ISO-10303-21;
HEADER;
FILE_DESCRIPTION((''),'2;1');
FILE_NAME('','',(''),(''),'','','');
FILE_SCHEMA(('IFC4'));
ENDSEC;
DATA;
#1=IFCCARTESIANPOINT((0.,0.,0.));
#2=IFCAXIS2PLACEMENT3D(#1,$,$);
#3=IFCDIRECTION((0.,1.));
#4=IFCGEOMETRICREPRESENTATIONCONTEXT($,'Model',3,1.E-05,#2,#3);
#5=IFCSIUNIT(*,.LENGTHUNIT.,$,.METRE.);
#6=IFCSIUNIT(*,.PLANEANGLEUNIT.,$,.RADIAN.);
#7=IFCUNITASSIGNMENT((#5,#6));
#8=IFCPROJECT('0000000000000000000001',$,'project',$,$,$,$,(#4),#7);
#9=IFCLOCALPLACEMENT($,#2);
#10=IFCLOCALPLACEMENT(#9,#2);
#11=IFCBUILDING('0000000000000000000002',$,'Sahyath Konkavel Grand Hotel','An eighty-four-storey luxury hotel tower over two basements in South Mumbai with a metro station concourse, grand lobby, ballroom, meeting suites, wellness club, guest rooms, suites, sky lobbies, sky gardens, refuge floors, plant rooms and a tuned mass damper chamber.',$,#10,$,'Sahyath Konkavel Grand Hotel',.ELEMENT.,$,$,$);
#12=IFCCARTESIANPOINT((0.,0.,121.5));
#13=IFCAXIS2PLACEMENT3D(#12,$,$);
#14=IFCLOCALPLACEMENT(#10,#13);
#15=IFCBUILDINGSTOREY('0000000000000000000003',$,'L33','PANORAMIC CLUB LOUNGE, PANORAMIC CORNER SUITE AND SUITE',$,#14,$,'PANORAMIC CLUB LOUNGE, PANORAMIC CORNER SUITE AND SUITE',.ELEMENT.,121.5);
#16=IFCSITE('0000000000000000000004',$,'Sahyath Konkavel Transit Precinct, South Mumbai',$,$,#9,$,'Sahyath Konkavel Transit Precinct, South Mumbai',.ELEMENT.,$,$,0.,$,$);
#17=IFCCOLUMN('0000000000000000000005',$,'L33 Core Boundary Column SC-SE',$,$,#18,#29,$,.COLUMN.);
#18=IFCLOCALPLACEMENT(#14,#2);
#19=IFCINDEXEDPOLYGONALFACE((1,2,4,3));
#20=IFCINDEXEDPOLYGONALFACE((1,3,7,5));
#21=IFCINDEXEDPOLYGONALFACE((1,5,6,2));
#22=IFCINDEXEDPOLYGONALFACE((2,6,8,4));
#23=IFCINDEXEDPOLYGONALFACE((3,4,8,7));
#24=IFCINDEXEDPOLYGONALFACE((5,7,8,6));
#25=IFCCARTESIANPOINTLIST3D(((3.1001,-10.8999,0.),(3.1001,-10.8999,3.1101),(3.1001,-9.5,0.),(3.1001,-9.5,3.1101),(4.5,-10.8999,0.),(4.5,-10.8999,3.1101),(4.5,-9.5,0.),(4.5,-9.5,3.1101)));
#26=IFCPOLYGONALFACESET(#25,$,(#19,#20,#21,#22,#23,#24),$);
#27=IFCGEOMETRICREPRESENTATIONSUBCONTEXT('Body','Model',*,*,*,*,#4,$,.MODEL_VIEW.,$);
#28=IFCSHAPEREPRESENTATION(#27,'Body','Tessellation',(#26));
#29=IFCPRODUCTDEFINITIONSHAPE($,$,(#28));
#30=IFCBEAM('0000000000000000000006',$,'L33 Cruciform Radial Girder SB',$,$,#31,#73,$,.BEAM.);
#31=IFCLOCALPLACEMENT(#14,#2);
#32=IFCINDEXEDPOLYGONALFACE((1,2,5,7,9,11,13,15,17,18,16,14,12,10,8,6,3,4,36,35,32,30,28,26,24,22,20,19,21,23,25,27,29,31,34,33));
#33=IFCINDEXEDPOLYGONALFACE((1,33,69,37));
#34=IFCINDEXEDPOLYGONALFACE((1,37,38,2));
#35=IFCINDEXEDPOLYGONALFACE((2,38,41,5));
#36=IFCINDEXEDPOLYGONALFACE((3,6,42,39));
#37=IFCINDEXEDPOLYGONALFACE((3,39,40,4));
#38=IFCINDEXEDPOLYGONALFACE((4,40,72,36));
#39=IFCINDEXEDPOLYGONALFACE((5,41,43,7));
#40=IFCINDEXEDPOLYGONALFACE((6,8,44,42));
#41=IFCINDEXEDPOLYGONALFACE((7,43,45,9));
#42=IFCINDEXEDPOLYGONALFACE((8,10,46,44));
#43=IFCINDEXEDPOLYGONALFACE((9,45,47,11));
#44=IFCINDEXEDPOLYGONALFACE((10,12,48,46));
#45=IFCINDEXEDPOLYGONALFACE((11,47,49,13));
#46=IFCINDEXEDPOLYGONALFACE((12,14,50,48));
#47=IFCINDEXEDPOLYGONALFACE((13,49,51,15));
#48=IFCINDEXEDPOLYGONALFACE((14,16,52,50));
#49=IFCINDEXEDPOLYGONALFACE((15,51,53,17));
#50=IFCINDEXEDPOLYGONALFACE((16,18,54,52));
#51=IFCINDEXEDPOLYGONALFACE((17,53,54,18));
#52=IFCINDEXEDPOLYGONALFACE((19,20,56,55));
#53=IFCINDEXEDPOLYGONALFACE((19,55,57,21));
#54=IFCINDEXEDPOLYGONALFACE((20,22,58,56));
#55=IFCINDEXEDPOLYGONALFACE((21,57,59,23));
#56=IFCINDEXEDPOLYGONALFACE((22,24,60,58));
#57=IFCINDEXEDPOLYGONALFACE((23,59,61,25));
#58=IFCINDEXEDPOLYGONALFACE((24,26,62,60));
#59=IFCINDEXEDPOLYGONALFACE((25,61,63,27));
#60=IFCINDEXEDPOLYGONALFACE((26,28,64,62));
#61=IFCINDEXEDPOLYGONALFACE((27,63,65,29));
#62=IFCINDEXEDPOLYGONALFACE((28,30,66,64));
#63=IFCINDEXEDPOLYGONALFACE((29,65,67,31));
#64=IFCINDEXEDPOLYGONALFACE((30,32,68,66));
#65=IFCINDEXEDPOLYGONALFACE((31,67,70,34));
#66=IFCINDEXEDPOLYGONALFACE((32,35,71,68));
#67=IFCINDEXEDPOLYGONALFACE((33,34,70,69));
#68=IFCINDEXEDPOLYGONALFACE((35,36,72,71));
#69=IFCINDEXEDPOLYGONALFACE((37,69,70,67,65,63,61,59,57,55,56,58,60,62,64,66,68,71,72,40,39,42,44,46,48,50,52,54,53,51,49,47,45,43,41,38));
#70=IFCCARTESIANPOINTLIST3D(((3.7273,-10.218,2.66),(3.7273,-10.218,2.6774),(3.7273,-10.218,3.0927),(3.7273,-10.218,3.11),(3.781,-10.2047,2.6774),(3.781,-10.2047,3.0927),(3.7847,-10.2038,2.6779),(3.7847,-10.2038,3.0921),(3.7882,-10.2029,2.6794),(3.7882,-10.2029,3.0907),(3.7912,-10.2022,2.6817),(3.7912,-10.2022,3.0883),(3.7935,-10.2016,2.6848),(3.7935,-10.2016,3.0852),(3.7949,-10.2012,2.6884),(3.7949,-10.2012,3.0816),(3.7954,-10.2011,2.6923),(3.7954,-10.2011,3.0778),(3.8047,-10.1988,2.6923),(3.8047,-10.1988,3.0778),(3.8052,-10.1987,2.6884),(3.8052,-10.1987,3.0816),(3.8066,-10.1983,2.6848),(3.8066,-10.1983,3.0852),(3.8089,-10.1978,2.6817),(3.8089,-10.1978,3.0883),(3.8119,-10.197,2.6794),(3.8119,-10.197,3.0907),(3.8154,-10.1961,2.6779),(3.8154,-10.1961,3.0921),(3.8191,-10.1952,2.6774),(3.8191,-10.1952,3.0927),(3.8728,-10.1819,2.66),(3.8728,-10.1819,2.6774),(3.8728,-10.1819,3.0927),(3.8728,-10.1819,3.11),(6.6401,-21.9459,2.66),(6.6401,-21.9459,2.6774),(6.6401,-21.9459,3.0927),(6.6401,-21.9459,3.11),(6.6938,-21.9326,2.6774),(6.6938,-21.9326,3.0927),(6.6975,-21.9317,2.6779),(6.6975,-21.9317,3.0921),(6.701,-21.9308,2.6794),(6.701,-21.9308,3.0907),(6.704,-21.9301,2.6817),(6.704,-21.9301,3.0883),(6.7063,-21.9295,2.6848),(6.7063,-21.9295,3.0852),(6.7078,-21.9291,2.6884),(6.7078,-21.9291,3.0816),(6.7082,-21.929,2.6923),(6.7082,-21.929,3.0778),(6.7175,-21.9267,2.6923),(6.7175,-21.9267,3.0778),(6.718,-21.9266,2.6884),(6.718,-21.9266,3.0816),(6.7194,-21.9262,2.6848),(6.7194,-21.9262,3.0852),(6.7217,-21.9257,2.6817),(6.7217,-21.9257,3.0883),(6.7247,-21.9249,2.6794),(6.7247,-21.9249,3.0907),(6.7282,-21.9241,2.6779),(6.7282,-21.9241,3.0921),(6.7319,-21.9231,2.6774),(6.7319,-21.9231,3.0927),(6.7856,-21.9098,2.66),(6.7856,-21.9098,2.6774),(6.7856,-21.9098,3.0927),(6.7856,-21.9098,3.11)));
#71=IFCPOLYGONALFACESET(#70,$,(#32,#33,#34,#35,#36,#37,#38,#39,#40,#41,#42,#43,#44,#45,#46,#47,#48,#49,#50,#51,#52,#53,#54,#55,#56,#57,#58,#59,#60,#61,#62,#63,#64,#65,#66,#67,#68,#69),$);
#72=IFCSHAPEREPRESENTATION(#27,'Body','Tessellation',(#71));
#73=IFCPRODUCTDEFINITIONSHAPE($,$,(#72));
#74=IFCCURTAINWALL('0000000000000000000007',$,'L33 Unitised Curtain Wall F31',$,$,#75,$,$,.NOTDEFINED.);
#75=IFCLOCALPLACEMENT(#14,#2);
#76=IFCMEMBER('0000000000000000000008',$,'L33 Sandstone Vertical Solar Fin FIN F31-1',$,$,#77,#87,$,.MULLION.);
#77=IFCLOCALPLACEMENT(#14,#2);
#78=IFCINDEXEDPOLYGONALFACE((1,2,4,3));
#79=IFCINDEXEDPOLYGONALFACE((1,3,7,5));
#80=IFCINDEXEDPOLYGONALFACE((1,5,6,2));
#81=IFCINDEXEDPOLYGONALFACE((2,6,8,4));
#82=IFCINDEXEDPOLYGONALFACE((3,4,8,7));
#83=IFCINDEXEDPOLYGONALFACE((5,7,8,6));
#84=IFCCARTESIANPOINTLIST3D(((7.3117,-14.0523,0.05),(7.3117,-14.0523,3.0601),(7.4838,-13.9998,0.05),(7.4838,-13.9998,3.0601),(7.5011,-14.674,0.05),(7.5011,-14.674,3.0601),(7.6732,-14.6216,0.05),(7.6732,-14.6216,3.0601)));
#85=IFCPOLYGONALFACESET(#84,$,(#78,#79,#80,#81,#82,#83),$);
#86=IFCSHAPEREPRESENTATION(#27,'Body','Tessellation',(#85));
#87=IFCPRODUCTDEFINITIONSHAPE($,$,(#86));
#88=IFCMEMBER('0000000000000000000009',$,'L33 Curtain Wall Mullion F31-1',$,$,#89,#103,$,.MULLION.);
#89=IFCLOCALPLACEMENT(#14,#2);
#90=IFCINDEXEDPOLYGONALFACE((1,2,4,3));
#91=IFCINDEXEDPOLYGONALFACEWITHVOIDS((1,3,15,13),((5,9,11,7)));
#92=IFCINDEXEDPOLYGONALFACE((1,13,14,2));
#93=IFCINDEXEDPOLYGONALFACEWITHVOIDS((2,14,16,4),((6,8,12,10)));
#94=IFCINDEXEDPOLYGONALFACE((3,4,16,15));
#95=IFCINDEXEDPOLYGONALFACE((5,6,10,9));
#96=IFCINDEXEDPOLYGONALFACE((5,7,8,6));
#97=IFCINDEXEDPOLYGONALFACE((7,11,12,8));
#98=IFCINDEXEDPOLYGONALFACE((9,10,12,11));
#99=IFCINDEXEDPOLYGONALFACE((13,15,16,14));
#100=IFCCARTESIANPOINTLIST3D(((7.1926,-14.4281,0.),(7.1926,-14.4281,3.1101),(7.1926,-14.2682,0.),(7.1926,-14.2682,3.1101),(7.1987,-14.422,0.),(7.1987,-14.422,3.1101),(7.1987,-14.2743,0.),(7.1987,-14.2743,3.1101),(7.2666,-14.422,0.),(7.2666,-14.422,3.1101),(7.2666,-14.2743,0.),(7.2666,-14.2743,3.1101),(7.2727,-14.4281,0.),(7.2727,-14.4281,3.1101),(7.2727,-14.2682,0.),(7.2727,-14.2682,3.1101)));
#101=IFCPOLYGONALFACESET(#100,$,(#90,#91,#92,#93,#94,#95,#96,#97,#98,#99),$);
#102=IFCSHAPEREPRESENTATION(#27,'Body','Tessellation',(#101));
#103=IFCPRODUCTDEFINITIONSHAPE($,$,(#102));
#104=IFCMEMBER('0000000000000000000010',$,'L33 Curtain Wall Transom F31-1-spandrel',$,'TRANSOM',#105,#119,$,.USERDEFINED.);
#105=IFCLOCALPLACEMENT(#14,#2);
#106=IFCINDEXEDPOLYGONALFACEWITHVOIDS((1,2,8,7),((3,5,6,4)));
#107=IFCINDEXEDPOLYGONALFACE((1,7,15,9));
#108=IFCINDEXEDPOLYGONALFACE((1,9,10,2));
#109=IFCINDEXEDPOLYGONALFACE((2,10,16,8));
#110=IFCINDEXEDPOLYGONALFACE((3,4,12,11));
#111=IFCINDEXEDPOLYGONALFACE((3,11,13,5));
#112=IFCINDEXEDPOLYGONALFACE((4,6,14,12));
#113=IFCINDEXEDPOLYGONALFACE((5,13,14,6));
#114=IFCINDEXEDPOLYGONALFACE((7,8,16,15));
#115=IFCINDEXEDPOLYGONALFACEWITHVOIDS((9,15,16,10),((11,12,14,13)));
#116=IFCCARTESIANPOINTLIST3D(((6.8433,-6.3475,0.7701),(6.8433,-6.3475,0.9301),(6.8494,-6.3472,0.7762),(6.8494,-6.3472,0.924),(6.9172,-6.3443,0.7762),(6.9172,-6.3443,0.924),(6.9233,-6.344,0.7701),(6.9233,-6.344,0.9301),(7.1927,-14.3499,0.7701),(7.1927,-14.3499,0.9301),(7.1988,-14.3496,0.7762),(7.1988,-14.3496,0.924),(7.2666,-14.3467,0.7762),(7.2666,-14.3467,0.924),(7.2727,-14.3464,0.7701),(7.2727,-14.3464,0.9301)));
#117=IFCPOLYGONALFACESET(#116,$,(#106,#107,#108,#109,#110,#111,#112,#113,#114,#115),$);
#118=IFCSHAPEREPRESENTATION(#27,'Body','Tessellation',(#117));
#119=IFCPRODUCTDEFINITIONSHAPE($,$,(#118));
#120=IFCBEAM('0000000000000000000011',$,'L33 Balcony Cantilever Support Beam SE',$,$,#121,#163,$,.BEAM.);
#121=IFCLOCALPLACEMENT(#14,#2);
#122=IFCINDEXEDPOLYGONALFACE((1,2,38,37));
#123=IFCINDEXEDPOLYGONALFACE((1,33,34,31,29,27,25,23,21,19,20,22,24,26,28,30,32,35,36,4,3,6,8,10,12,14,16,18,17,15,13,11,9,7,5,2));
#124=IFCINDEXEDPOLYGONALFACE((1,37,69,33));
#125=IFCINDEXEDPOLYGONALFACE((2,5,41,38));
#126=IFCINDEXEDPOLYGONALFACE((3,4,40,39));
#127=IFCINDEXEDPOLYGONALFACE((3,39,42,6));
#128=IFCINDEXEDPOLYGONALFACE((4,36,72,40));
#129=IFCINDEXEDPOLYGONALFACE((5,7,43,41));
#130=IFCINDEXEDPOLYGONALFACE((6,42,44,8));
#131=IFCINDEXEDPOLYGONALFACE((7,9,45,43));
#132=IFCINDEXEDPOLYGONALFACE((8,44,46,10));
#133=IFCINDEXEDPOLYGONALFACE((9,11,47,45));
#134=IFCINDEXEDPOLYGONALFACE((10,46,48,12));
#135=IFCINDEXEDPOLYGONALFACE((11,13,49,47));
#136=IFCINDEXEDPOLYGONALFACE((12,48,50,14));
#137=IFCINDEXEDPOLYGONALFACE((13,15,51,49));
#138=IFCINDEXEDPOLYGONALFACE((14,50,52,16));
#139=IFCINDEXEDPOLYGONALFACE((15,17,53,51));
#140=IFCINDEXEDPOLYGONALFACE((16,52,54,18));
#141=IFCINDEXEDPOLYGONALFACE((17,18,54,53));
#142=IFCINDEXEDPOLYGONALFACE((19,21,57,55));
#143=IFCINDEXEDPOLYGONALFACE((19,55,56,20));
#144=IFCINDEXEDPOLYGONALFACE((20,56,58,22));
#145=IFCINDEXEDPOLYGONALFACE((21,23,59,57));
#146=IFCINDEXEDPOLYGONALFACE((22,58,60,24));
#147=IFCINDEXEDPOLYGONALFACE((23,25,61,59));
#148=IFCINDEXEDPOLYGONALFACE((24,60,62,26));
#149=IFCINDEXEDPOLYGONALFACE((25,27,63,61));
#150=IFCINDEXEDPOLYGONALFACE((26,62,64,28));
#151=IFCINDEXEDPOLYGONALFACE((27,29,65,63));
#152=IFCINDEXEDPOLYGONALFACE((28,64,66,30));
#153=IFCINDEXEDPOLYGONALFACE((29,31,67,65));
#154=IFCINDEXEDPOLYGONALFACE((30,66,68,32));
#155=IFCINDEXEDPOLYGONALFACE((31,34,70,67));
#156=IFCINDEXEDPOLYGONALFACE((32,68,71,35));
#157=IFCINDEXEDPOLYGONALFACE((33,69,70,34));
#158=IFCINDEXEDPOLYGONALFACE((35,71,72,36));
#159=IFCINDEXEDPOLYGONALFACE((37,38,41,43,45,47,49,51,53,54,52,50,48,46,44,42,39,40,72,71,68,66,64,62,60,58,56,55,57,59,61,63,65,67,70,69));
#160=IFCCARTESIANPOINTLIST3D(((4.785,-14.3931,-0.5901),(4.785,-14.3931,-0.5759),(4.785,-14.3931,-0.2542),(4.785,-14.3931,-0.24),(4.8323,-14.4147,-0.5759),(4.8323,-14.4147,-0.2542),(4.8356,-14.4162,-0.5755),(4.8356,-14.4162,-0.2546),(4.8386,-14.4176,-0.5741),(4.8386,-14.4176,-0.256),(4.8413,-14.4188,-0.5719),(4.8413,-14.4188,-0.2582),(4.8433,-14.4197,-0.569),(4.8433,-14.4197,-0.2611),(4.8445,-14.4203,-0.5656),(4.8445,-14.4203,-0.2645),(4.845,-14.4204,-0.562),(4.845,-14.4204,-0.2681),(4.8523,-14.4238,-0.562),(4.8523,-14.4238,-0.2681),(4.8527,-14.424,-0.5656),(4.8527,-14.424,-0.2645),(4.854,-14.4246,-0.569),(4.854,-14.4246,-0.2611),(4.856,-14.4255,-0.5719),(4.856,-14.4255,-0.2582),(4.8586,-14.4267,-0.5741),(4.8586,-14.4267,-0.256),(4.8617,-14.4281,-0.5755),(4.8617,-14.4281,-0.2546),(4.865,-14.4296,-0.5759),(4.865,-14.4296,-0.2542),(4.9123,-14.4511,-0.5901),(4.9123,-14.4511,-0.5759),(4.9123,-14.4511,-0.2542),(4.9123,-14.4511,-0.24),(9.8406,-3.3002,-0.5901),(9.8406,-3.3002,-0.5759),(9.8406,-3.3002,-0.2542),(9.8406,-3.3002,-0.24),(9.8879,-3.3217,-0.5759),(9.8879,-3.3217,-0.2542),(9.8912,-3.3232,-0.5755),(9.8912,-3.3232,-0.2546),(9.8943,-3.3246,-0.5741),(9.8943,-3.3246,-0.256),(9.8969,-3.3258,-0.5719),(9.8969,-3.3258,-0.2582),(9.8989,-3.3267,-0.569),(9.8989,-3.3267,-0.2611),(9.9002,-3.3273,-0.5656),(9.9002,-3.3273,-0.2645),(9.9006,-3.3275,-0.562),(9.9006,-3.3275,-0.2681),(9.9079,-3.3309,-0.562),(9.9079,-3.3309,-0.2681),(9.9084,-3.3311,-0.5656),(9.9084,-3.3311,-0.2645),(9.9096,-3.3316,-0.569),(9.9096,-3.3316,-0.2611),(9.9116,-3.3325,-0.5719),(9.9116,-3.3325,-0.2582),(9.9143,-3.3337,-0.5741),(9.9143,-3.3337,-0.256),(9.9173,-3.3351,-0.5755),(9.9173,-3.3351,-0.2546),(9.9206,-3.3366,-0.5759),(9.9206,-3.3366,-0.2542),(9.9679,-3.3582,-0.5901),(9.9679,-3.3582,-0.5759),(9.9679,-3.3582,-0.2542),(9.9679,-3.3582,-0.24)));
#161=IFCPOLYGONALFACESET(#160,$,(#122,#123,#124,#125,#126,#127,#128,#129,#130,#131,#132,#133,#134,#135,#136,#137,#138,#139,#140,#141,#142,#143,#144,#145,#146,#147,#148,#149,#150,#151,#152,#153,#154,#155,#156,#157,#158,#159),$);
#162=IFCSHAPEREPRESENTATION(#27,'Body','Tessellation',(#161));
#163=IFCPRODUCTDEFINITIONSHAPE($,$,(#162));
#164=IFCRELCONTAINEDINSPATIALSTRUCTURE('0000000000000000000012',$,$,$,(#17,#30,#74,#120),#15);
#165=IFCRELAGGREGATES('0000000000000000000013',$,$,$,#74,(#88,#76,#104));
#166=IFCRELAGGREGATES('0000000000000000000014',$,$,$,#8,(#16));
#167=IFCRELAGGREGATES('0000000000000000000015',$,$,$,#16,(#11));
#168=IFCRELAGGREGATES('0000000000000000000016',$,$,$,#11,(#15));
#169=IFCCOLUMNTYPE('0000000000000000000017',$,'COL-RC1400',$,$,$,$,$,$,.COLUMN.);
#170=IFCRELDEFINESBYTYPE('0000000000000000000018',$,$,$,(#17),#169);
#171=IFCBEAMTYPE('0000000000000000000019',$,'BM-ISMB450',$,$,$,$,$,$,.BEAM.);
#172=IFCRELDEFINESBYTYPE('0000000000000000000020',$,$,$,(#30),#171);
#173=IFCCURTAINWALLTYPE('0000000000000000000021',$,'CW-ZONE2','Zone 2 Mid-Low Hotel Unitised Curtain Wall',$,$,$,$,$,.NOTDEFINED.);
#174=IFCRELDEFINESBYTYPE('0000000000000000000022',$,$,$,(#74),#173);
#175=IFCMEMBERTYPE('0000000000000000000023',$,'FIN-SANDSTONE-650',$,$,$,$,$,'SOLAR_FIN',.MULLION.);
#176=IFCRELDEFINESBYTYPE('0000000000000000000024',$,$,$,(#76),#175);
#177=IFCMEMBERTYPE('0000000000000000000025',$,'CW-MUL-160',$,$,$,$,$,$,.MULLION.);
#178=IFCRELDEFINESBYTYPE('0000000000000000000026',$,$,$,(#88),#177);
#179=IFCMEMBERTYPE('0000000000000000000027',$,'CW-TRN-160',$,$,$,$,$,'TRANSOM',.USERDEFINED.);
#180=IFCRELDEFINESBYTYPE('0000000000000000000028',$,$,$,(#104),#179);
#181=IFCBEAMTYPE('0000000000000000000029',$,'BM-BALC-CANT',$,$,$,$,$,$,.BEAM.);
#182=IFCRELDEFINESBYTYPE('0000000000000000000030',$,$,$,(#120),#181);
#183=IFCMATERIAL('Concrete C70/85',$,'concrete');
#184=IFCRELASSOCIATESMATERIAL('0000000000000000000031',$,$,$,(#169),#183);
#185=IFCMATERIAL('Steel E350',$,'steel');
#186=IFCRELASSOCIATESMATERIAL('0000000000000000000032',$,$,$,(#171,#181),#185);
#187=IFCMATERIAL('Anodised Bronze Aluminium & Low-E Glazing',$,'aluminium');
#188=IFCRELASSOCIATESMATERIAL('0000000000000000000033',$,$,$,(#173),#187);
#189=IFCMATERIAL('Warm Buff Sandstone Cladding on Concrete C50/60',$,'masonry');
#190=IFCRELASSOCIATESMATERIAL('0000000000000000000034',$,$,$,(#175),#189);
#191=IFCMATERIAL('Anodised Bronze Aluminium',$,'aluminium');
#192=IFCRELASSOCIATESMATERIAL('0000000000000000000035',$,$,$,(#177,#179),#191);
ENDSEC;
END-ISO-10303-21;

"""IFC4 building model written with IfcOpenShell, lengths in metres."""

from ifc_helpers import new_model, si_unit, direction, frame, origin, origin_2d, place, context, subcontext, project, spatial, rectangle, hollow_rectangle, i_section, extrude, source, transform, mapped, material, material_profile, profile_set, type_object, element, aggregate, save


model = new_model("IFC4")

# Units and contexts
model_context = context("Model", 3, precision=1e-05, world=origin(), true_north=direction((0.0, 1.0)))
body_context = subcontext(model_context, "Body", "Model", "MODEL_VIEW")
ifc_project = project(units=[si_unit("LENGTHUNIT", "METRE"), si_unit("PLANEANGLEUNIT", "RADIAN")], contexts=[model_context])

# Site, building, storey
site_placement = place(None, origin())
site = spatial("IfcSite", under=ifc_project, at=site_placement, Name="Sahyath Konkavel Transit Precinct, South Mumbai", LongName="Sahyath Konkavel Transit Precinct, South Mumbai", CompositionType="ELEMENT", RefElevation=0.0)
building_placement = place(site_placement, origin())
building = spatial("IfcBuilding", under=site, at=building_placement, Name="Sahyath Konkavel Grand Hotel", Description="An eighty-four-storey luxury hotel tower over two basements in South Mumbai with a metro station concourse, grand lobby, ballroom, meeting suites, wellness club, guest rooms, suites, sky lobbies, sky gardens, refuge floors, plant rooms and a tuned mass damper chamber.", LongName="Sahyath Konkavel Grand Hotel", CompositionType="ELEMENT")
storey_placement = place(building_placement, frame((0.0, 0.0, 121.5)))
storey = spatial("IfcBuildingStorey", under=building, at=storey_placement, Name="L33", Description="PANORAMIC CLUB LOUNGE, PANORAMIC CORNER SUITE AND SUITE", LongName="PANORAMIC CLUB LOUNGE, PANORAMIC CORNER SUITE AND SUITE", CompositionType="ELEMENT", Elevation=121.5)

# Column
ifc_material_1 = material(Name="Concrete C70/85", Category="concrete")
ifc_material_profile_1 = material_profile(ifc_material_1, rectangle(XDim=1.3999, YDim=1.3999, at=origin_2d()), Name="RC 1400x1400")
ifc_profile_set_1 = profile_set([ifc_material_profile_1], Name="Concrete C70/85")
column_type = type_object("IfcColumnType", Name="COL-RC1400", PredefinedType="COLUMN", material=ifc_profile_set_1)
shared_shape_1 = source(origin(), body_context, "Body", "SweptSolid", [
    extrude(rectangle(XDim=1.3999, YDim=1.3999, at=origin_2d()), origin(), (0.0, 0.0, 1.0), 3.1101),
])
column_placement = place(storey_placement, frame((3.8, -10.2, 0.0), z_axis=(0.0, 0.0, 1.0), x_axis=(1.0, 0.0, 0.0)))
element("IfcColumn", 1, at=column_placement, inside=storey, type_object=column_type, Name="L33 Core Boundary Column SC-SE", PredefinedType="COLUMN", context=body_context, shape_type="MappedRepresentation", body=[
    mapped(shared_shape_1, transform((0.0, 0.0, 0.0), scale=1.0)),
])

# Beam
ifc_material_2 = material(Name="Steel E350", Category="steel")
ifc_material_profile_2 = material_profile(ifc_material_2, i_section(OverallWidth=0.1499, OverallDepth=0.45, WebThickness=0.0095, FlangeThickness=0.0173, FilletRadius=0.0149, at=origin_2d()), Name="ISMB 450")
ifc_profile_set_2 = profile_set([ifc_material_profile_2], Name="Steel E350")
beam_type_1 = type_object("IfcBeamType", Name="BM-ISMB450", PredefinedType="BEAM", material=ifc_profile_set_2)
shared_shape_2 = source(origin(), body_context, "Body", "SweptSolid", [
    extrude(i_section(OverallWidth=0.1499, OverallDepth=0.45, WebThickness=0.0095, FlangeThickness=0.0173, FilletRadius=0.0149, at=origin_2d()), origin(), (0.0, 0.0, 1.0), 12.0842),
])
beam_1_placement = place(storey_placement, frame((3.8, -10.2, 2.885), z_axis=(0.241043, -0.970515, 0.0), x_axis=(0.970515, 0.241043, 0.0)))
element("IfcBeam", 2, at=beam_1_placement, inside=storey, type_object=beam_type_1, Name="L33 Cruciform Radial Girder SB", PredefinedType="BEAM", context=body_context, shape_type="MappedRepresentation", body=[
    mapped(shared_shape_2, transform((0.0, 0.0, 0.0), scale=1.0)),
])

# Curtain wall, members
ifc_material_3 = material(Name="Anodised Bronze Aluminium & Low-E Glazing", Category="aluminium")
curtain_wall_type = type_object("IfcCurtainWallType", Name="CW-ZONE2", Description="Zone 2 Mid-Low Hotel Unitised Curtain Wall", PredefinedType="NOTDEFINED", material=ifc_material_3)
curtain_wall_placement = place(storey_placement, origin())
curtain_wall = element("IfcCurtainWall", 3, at=curtain_wall_placement, inside=storey, type_object=curtain_wall_type, Name="L33 Unitised Curtain Wall F31", PredefinedType="NOTDEFINED")
ifc_material_4 = material(Name="Warm Buff Sandstone Cladding on Concrete C50/60", Category="masonry")
ifc_material_profile_3 = material_profile(ifc_material_4, rectangle(XDim=0.1799, YDim=0.6499, at=origin_2d()), Name="FIN 180x650")
ifc_profile_set_3 = profile_set([ifc_material_profile_3], Name="Warm Buff Sandstone Cladding on Concrete C50/60")
member_type_1 = type_object("IfcMemberType", Name="FIN-SANDSTONE-650", ElementType="SOLAR_FIN", PredefinedType="MULLION", material=ifc_profile_set_3)
shared_shape_3 = source(origin(), body_context, "Body", "SweptSolid", [
    extrude(rectangle(XDim=0.1799, YDim=0.6499, at=origin_2d()), origin(), (0.0, 0.0, 1.0), 3.01),
])
member_1_placement = place(storey_placement, frame((7.4924, -14.3369, 0.05), z_axis=(0.0, 0.0, 1.0), x_axis=(0.95661, 0.29137, 0.0)))
member_1 = element("IfcMember", 4, at=member_1_placement, type_object=member_type_1, Name="L33 Sandstone Vertical Solar Fin FIN F31-1", PredefinedType="MULLION", context=body_context, shape_type="MappedRepresentation", body=[
    mapped(shared_shape_3, transform((0.0, 0.0, 0.0), scale=1.0)),
])
ifc_material_5 = material(Name="Anodised Bronze Aluminium", Category="aluminium")
ifc_material_profile_4 = material_profile(ifc_material_5, hollow_rectangle(XDim=0.0801, YDim=0.1599, WallThickness=0.0061, at=origin_2d()), Name="RHS 160x80x6")
ifc_profile_set_4 = profile_set([ifc_material_profile_4], Name="Anodised Bronze Aluminium")
member_type_2 = type_object("IfcMemberType", Name="CW-MUL-160", PredefinedType="MULLION", material=ifc_profile_set_4)
shared_shape_4 = source(origin(), body_context, "Body", "SweptSolid", [
    extrude(hollow_rectangle(XDim=0.0801, YDim=0.1599, WallThickness=0.0061, at=origin_2d()), origin(), (0.0, 0.0, 1.0), 3.1101),
])
member_2_placement = place(storey_placement, frame((7.2327, -14.3481, 0.0), z_axis=(0.0, 0.0, 1.0), x_axis=(1.0, 0.0, 0.0)))
member_2 = element("IfcMember", 5, at=member_2_placement, type_object=member_type_2, Name="L33 Curtain Wall Mullion F31-1", PredefinedType="MULLION", context=body_context, shape_type="MappedRepresentation", body=[
    mapped(shared_shape_4, transform((0.0, 0.0, 0.0), scale=1.0)),
])
ifc_material_profile_5 = material_profile(ifc_material_5, hollow_rectangle(XDim=0.0801, YDim=0.1599, WallThickness=0.0061, at=origin_2d()), Name="RHS 160x80x6")
ifc_profile_set_5 = profile_set([ifc_material_profile_5], Name="Anodised Bronze Aluminium")
member_type_3 = type_object("IfcMemberType", Name="CW-TRN-160", ElementType="TRANSOM", PredefinedType="USERDEFINED", material=ifc_profile_set_5)
shared_shape_5 = source(origin(), body_context, "Body", "SweptSolid", [
    extrude(hollow_rectangle(XDim=0.0801, YDim=0.1599, WallThickness=0.0061, at=origin_2d()), origin(), (0.0, 0.0, 1.0), 8.01),
])
member_3_placement = place(storey_placement, frame((7.2327, -14.3481, 0.8501), z_axis=(-0.043616, 0.999048, 0.0), x_axis=(-0.999048, -0.043616, 0.0)))
member_3 = element("IfcMember", 6, at=member_3_placement, type_object=member_type_3, Name="L33 Curtain Wall Transom F31-1-spandrel", ObjectType="TRANSOM", PredefinedType="USERDEFINED", context=body_context, shape_type="MappedRepresentation", body=[
    mapped(shared_shape_5, transform((0.0, 0.0, 0.0), scale=1.0)),
])

# Beam
ifc_material_profile_6 = material_profile(ifc_material_2, i_section(OverallWidth=0.1399, OverallDepth=0.3501, WebThickness=0.0081, FlangeThickness=0.0142, FilletRadius=0.0139, at=origin_2d()), Name="ISMB 350")
ifc_profile_set_6 = profile_set([ifc_material_profile_6], Name="Steel E350")
beam_type_2 = type_object("IfcBeamType", Name="BM-BALC-CANT", PredefinedType="BEAM", material=ifc_profile_set_6)
shared_shape_6 = source(origin(), body_context, "Body", "SweptSolid", [
    extrude(i_section(OverallWidth=0.1399, OverallDepth=0.3501, WebThickness=0.0081, FlangeThickness=0.0142, FilletRadius=0.0139, at=origin_2d()), origin(), (0.0, 0.0, 1.0), 12.1907),
])
beam_2_placement = place(storey_placement, frame((4.8486, -14.4221, -0.415), z_axis=(0.414713, 0.909952, 0.0), x_axis=(-0.909952, 0.414713, 0.0)))
element("IfcBeam", 7, at=beam_2_placement, inside=storey, type_object=beam_type_2, Name="L33 Balcony Cantilever Support Beam SE", PredefinedType="BEAM", context=body_context, shape_type="MappedRepresentation", body=[
    mapped(shared_shape_6, transform((0.0, 0.0, 0.0), scale=1.0)),
])

aggregate(curtain_wall, [member_2, member_1, member_3])

save(model, "model.ifc")
